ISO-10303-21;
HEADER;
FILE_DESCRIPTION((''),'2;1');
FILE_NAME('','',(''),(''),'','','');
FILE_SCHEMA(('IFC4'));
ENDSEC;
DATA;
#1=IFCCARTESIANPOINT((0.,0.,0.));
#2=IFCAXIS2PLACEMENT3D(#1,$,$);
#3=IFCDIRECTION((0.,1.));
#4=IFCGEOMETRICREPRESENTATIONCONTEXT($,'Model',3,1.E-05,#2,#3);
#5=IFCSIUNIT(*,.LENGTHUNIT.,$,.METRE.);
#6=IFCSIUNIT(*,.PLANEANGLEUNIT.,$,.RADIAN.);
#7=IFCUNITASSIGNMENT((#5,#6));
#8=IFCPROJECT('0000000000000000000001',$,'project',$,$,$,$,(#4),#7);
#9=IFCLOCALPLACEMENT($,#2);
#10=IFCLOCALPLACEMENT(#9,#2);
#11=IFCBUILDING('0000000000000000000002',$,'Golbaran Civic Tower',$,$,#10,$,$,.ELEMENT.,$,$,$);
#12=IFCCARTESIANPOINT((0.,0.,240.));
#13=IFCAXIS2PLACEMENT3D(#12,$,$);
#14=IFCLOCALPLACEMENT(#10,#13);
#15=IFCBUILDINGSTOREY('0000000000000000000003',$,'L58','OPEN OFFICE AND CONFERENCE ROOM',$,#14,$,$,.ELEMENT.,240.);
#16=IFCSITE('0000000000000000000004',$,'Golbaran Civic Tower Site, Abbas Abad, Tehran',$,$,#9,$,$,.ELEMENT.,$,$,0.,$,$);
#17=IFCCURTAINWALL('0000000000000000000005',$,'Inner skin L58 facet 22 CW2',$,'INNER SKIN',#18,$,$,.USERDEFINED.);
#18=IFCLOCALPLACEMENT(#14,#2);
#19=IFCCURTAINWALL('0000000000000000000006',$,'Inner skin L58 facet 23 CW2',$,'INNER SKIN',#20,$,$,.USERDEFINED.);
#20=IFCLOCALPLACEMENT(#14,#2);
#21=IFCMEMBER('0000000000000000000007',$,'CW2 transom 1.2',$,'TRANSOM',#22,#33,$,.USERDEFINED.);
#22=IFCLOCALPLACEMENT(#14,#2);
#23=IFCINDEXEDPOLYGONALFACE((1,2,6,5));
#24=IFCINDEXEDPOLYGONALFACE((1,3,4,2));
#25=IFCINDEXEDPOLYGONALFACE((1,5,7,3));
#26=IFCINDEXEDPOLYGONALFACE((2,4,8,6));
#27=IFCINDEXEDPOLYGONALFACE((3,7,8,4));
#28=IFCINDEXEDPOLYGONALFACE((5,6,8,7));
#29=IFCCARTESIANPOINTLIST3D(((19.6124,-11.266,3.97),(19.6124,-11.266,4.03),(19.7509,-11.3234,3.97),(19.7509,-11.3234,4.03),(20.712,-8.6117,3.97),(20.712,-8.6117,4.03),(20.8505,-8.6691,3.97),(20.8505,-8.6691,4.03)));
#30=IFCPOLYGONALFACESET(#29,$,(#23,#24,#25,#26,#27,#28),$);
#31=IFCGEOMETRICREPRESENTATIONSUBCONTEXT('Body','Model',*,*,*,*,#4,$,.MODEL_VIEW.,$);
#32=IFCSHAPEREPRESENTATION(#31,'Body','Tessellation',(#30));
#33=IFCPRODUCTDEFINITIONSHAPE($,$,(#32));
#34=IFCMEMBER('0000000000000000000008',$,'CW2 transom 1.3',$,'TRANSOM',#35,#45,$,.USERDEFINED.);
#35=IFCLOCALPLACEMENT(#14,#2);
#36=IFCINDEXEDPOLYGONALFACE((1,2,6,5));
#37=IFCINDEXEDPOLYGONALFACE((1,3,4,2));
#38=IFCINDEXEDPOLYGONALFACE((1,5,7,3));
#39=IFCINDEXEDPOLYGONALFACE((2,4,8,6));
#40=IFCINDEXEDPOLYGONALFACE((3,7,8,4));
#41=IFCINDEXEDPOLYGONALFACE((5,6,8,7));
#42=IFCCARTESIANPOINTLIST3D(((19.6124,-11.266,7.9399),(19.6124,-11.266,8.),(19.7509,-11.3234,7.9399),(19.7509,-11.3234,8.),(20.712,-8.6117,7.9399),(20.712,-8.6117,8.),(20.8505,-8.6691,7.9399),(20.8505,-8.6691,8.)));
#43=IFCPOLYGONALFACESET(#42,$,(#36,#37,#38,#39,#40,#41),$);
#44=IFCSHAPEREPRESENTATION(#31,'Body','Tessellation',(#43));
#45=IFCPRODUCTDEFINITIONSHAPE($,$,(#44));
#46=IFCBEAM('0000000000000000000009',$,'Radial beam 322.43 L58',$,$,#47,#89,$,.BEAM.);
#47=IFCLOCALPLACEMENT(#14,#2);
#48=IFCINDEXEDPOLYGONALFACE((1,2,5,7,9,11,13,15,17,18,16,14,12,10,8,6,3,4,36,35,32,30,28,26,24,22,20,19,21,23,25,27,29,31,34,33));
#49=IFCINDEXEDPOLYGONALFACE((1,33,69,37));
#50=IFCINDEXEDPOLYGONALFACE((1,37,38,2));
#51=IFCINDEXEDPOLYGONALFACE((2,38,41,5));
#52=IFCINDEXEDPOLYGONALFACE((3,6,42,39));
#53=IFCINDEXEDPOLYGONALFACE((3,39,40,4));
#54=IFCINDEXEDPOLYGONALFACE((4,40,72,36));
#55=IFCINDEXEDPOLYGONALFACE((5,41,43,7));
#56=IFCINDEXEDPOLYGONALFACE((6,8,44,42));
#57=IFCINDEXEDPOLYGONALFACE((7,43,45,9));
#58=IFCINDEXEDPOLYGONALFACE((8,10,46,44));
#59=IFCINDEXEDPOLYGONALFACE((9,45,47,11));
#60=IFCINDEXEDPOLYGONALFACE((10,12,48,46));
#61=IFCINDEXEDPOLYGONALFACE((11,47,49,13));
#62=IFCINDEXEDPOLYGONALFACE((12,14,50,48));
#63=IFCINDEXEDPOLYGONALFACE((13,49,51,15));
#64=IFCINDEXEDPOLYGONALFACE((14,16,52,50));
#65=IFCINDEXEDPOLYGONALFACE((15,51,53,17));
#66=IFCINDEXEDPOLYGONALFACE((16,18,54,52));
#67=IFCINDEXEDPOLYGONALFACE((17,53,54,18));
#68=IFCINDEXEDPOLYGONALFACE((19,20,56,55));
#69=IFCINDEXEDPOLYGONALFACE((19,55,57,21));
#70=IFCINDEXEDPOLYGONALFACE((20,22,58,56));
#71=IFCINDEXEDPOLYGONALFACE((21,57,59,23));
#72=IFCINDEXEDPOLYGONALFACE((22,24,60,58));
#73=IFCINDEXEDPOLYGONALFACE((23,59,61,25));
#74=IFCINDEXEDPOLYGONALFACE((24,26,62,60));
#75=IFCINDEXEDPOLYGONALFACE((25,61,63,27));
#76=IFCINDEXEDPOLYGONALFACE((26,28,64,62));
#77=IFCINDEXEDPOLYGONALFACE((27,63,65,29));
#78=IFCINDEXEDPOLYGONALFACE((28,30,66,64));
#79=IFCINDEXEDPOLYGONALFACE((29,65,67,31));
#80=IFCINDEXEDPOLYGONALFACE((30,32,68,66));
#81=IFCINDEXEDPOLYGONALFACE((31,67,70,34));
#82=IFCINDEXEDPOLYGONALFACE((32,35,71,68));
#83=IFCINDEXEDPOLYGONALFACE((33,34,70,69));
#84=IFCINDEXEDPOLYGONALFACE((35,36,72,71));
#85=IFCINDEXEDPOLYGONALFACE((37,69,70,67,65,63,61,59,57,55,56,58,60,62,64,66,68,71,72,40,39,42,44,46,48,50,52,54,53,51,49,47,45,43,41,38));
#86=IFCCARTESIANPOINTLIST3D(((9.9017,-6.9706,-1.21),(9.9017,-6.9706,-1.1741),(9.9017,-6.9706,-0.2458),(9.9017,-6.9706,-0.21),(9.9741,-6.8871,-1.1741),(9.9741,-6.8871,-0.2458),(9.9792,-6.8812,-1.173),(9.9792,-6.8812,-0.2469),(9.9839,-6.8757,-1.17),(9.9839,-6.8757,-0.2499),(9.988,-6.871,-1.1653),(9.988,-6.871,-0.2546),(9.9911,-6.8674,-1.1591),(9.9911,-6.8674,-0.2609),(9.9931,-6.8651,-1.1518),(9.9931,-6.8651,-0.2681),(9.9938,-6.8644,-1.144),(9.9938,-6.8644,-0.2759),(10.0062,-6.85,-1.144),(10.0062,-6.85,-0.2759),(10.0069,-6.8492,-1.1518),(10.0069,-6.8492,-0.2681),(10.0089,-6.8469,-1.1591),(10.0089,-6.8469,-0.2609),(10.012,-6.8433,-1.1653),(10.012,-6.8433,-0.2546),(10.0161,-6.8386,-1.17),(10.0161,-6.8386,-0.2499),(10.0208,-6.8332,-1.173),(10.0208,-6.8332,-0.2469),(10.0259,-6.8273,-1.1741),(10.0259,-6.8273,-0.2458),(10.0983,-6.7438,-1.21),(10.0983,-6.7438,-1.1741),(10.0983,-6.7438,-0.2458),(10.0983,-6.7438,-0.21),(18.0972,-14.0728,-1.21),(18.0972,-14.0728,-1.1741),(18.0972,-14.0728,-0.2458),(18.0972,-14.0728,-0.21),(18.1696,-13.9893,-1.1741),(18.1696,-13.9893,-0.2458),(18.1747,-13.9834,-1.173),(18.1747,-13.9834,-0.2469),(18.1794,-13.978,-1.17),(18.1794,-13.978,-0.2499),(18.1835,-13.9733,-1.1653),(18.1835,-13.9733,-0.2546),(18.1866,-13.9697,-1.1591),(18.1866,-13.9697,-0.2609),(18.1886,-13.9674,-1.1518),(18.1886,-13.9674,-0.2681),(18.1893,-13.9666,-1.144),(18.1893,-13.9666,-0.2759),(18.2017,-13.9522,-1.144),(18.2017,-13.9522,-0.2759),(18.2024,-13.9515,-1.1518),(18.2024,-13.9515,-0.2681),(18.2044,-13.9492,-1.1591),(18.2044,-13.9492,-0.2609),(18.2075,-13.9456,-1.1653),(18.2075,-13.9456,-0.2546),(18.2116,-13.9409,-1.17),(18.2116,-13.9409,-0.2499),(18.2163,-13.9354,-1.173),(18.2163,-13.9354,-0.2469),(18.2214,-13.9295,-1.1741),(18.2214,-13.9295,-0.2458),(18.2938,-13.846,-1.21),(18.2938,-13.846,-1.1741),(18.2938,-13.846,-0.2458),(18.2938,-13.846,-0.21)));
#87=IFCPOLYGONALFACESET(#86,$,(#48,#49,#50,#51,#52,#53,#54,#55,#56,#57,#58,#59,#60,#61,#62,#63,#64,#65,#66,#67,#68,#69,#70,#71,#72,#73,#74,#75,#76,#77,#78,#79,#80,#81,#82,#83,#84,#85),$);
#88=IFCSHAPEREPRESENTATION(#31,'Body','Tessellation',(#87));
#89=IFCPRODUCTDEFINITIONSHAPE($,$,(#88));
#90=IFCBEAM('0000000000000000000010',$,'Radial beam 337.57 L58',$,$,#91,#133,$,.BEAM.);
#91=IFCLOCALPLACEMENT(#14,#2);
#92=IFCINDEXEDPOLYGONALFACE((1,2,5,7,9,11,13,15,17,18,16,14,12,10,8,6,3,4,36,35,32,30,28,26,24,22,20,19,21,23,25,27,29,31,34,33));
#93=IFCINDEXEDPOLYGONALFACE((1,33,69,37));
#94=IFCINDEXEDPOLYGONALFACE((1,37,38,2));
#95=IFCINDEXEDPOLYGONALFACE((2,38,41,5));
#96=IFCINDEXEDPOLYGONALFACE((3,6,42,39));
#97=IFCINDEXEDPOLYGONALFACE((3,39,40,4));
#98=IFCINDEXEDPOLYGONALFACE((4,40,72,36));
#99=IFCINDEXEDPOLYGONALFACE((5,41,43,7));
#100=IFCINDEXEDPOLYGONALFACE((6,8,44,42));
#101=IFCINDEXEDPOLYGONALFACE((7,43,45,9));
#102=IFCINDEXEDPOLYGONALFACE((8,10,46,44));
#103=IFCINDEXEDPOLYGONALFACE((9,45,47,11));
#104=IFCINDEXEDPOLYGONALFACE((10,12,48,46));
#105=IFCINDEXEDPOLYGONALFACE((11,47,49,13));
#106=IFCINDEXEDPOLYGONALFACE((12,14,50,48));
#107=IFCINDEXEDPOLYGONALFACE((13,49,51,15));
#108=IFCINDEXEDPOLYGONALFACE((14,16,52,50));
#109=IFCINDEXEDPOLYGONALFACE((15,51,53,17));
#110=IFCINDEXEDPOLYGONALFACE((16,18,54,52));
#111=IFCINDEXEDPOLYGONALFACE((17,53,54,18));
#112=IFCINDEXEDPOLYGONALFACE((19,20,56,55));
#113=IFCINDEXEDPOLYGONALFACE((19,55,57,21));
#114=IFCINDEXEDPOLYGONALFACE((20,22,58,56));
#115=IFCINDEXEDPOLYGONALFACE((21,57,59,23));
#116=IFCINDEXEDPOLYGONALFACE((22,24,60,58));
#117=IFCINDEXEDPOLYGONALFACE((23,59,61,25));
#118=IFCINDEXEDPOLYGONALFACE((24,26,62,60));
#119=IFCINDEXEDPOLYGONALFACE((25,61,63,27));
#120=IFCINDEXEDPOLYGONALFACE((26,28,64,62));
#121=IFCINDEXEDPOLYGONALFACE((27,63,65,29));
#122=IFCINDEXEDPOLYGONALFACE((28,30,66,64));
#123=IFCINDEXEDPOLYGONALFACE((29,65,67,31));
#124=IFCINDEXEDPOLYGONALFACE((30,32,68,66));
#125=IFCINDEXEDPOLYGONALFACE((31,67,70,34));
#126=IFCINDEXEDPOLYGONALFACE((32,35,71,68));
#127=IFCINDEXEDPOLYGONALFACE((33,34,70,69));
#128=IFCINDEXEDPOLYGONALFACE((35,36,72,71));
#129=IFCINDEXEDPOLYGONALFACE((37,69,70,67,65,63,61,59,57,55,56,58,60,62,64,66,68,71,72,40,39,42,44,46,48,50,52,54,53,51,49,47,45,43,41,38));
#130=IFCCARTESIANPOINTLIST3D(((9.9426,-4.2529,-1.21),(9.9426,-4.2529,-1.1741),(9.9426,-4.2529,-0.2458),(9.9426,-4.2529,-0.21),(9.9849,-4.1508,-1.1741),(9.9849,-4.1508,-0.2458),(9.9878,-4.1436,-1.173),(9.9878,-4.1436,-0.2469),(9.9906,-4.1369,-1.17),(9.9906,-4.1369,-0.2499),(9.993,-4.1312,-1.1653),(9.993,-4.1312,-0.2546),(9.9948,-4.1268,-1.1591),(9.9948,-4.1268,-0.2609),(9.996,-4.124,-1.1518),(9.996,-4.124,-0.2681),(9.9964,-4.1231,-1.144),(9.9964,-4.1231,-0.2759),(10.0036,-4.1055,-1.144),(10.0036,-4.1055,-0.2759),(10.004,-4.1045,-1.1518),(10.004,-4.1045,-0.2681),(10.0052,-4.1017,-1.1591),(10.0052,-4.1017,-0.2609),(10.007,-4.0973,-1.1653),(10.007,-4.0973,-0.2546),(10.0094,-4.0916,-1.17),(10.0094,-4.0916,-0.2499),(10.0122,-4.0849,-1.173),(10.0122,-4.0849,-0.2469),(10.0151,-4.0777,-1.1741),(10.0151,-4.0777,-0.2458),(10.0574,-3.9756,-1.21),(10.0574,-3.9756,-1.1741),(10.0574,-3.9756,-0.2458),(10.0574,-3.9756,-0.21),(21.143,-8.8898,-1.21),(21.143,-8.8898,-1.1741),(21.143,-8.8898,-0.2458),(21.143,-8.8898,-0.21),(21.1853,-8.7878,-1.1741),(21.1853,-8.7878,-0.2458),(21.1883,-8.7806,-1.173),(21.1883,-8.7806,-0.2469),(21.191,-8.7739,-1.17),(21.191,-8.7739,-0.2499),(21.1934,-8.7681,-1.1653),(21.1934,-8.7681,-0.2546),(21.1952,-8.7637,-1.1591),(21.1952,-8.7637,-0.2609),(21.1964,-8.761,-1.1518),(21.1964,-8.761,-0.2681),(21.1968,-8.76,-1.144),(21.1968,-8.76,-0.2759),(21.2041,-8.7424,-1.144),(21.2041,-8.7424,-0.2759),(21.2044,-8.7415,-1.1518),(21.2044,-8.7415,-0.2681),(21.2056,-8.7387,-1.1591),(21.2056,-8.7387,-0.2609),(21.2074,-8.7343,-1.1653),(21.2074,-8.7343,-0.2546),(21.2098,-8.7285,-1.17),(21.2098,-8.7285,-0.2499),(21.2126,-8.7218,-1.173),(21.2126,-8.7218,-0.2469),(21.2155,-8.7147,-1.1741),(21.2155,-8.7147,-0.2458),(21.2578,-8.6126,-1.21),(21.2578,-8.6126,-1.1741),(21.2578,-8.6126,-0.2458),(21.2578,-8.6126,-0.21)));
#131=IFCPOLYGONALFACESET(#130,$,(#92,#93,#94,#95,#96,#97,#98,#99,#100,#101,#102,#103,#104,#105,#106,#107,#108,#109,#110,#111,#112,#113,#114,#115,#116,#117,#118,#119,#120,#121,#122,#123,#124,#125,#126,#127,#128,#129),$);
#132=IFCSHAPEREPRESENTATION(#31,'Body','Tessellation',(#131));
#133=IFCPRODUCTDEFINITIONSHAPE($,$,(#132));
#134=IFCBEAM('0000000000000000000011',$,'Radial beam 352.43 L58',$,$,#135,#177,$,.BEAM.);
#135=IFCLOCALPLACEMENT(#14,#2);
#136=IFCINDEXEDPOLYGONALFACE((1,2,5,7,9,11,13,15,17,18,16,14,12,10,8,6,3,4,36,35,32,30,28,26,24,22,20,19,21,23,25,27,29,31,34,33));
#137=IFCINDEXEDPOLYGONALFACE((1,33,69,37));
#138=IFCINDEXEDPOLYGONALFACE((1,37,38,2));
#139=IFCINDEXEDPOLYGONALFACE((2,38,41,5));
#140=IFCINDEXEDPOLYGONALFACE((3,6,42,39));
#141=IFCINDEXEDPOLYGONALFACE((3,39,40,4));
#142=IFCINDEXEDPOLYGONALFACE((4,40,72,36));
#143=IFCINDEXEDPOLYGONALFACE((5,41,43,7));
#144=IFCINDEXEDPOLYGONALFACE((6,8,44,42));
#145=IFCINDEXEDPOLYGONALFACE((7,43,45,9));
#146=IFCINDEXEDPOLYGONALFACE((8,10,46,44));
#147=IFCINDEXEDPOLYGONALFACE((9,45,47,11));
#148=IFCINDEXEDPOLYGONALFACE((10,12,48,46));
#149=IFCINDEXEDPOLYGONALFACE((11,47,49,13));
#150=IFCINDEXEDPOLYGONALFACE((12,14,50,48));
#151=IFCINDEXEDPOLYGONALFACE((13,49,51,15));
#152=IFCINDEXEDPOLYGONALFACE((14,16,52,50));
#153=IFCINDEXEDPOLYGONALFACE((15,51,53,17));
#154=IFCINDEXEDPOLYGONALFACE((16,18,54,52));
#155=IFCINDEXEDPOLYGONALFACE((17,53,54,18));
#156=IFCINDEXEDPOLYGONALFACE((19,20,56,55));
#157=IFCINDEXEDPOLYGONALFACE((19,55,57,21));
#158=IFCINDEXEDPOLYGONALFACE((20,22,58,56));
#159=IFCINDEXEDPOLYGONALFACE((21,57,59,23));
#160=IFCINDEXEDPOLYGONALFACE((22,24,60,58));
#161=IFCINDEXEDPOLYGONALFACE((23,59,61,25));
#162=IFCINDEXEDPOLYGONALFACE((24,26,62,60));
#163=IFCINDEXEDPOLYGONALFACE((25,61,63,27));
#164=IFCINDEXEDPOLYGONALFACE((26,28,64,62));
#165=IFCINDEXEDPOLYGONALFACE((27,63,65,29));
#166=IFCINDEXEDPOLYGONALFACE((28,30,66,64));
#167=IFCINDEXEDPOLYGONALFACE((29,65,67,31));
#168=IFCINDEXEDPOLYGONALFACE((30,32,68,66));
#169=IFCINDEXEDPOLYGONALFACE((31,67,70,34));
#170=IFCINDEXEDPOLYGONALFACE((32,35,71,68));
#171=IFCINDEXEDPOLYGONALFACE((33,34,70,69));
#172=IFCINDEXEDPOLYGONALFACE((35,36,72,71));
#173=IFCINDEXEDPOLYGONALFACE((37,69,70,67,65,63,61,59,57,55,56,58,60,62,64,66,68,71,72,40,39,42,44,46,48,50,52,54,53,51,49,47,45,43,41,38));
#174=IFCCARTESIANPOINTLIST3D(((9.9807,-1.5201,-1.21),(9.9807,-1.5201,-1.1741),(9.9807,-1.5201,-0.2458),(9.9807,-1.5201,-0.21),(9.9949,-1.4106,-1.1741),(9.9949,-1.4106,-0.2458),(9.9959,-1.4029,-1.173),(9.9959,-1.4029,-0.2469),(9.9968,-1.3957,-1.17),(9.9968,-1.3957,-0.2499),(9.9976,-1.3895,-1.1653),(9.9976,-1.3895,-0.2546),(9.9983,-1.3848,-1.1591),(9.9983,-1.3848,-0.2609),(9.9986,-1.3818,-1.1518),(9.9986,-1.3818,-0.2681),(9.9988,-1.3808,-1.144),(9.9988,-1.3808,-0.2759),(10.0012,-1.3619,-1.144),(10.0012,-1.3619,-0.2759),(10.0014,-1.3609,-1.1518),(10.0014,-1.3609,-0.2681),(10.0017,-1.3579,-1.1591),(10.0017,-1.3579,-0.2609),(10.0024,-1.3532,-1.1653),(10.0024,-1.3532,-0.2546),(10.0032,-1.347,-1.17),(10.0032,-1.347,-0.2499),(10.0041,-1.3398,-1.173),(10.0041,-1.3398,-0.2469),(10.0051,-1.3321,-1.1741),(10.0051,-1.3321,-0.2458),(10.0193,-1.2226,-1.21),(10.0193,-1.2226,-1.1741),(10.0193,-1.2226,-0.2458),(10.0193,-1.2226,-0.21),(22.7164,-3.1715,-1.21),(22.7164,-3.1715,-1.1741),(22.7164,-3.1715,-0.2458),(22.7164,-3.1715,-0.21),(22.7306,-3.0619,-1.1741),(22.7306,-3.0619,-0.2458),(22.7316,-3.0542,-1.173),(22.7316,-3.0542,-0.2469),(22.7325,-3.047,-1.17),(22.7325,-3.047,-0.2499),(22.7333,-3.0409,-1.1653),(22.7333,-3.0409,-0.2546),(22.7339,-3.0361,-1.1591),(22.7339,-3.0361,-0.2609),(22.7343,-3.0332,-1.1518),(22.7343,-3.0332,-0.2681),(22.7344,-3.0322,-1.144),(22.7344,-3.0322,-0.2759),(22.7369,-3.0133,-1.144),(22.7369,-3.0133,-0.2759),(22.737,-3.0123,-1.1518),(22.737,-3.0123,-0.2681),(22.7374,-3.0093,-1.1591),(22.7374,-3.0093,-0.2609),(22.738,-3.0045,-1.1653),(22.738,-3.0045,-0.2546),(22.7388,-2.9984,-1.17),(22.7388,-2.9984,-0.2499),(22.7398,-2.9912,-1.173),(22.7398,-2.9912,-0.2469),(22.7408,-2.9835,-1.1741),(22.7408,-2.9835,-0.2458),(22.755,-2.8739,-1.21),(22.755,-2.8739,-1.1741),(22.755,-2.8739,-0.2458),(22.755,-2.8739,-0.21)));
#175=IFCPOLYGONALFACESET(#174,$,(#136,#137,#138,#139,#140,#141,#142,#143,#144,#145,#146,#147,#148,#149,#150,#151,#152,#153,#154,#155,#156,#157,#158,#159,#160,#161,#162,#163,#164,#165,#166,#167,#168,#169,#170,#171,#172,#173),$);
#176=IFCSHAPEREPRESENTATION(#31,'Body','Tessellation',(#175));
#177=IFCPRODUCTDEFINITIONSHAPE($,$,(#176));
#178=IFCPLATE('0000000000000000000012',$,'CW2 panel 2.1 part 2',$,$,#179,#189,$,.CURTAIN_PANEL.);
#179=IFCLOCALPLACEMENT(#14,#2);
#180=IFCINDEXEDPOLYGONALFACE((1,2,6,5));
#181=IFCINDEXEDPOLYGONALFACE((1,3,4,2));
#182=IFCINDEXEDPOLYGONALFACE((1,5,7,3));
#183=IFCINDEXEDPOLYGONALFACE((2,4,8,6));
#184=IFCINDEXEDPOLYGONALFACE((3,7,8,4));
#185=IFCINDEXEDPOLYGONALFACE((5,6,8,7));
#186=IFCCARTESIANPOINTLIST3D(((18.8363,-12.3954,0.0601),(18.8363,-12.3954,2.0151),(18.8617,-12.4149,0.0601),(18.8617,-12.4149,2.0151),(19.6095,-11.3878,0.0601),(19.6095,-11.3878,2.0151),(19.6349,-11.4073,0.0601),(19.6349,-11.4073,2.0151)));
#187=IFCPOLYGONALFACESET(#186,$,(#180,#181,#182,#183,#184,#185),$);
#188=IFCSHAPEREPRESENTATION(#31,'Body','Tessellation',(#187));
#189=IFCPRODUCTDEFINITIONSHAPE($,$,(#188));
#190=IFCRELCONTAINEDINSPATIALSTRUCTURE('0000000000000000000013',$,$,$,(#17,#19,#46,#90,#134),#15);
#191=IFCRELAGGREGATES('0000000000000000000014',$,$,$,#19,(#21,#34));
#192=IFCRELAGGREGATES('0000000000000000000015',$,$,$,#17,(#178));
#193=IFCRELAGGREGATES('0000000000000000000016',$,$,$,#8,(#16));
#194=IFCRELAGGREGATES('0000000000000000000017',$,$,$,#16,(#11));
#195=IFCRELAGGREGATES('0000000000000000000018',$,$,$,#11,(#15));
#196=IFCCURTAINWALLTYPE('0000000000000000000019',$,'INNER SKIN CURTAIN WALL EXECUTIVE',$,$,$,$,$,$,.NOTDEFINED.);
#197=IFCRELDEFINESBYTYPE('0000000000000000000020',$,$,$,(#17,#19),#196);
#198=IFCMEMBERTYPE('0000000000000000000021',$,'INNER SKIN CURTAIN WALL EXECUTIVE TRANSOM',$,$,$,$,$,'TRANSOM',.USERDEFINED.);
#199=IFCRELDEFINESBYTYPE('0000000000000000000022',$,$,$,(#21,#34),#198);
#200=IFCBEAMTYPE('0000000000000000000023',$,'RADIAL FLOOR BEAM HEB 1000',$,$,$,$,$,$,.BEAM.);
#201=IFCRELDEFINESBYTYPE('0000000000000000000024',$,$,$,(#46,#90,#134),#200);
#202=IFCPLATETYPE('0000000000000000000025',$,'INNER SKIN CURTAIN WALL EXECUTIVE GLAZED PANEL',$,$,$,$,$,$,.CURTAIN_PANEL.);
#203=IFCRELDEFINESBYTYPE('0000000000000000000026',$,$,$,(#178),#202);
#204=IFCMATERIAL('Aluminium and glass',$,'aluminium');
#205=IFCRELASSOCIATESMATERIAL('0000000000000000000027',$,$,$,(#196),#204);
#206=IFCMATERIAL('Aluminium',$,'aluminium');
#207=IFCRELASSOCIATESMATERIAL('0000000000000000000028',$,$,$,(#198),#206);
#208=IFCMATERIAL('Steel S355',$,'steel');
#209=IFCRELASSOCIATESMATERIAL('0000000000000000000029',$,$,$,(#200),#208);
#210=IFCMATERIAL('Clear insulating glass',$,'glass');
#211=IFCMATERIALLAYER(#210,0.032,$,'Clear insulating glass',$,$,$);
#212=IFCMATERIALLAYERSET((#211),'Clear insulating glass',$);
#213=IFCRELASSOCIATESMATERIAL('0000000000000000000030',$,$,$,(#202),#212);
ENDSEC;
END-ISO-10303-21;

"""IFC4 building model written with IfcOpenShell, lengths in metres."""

from ifc_helpers import new_model, si_unit, direction, frame, origin, origin_2d, place, context, subcontext, project, spatial, rectangle, i_section, extrude, material, layer, layer_set, material_profile, profile_set, type_object, element, aggregate, save


model = new_model("IFC4")

# Units and contexts
model_context = context("Model", 3, precision=1e-05, world=origin(), true_north=direction((0.0, 1.0)))
body_context = subcontext(model_context, "Body", "Model", "MODEL_VIEW")
ifc_project = project(units=[si_unit("LENGTHUNIT", "METRE"), si_unit("PLANEANGLEUNIT", "RADIAN")], contexts=[model_context])

# Site, building, storey
site_placement = place(None, origin())
site = spatial("IfcSite", under=ifc_project, at=site_placement, Name="Golbaran Civic Tower Site, Abbas Abad, Tehran", CompositionType="ELEMENT", RefElevation=0.0)
building_placement = place(site_placement, origin())
building = spatial("IfcBuilding", under=site, at=building_placement, Name="Golbaran Civic Tower", CompositionType="ELEMENT")
storey_placement = place(building_placement, frame((0.0, 0.0, 240.0)))
storey = spatial("IfcBuildingStorey", under=building, at=storey_placement, Name="L58", Description="OPEN OFFICE AND CONFERENCE ROOM", CompositionType="ELEMENT", Elevation=240.0)

# Shared definitions
ifc_material_1 = material(Name="Steel S355", Category="steel")

# Curtain wall
ifc_material_2 = material(Name="Aluminium and glass", Category="aluminium")
curtain_wall_type = type_object("IfcCurtainWallType", Name="INNER SKIN CURTAIN WALL EXECUTIVE", PredefinedType="NOTDEFINED", material=ifc_material_2)
curtain_wall_1_placement = place(storey_placement, origin())
curtain_wall_1 = element("IfcCurtainWall", 1, at=curtain_wall_1_placement, inside=storey, type_object=curtain_wall_type, Name="Inner skin L58 facet 22 CW2", ObjectType="INNER SKIN", PredefinedType="USERDEFINED")
ifc_material_3 = material(Name="Aluminium", Category="aluminium")

# Curtain wall, members
curtain_wall_2_placement = place(storey_placement, origin())
curtain_wall_2 = element("IfcCurtainWall", 2, at=curtain_wall_2_placement, inside=storey, type_object=curtain_wall_type, Name="Inner skin L58 facet 23 CW2", ObjectType="INNER SKIN", PredefinedType="USERDEFINED")
ifc_material_profile_1 = material_profile(ifc_material_3, rectangle(XDim=0.1499, YDim=0.0601, at=origin_2d()), Name="INNER SKIN CURTAIN WALL EXECUTIVE TRANSOM")
ifc_profile_set_1 = profile_set([ifc_material_profile_1], Name="Aluminium")
member_type_1 = type_object("IfcMemberType", Name="INNER SKIN CURTAIN WALL EXECUTIVE TRANSOM", ElementType="TRANSOM", PredefinedType="USERDEFINED", material=ifc_profile_set_1)
member_1_placement = place(storey_placement, frame((19.6816, -11.2947, 4.0), z_axis=(0.382732, 0.923859, 0.0), x_axis=(-0.923859, 0.382732, 0.0)))
member_1 = element("IfcMember", 3, at=member_1_placement, type_object=member_type_1, Name="CW2 transom 1.2", ObjectType="TRANSOM", PredefinedType="USERDEFINED", context=body_context, shape_type="SweptSolid", body=[
    extrude(rectangle(XDim=0.1499, YDim=0.0601, at=origin_2d()), origin(), (0.0, 0.0, 1.0), 2.873),
])
member_2_placement = place(storey_placement, frame((19.6816, -11.2947, 7.97), z_axis=(0.382732, 0.923859, 0.0), x_axis=(-0.923859, 0.382732, 0.0)))
member_2 = element("IfcMember", 4, at=member_2_placement, type_object=member_type_1, Name="CW2 transom 1.3", ObjectType="TRANSOM", PredefinedType="USERDEFINED", context=body_context, shape_type="SweptSolid", body=[
    extrude(rectangle(XDim=0.1499, YDim=0.0601, at=origin_2d()), origin(), (0.0, 0.0, 1.0), 2.873),
])

# Beams
ifc_material_profile_2 = material_profile(ifc_material_1, i_section(OverallWidth=0.3, OverallDepth=1.0, WebThickness=0.019, FlangeThickness=0.0359, FilletRadius=0.03, at=origin_2d()), Name="HEB 1000")
ifc_profile_set_2 = profile_set([ifc_material_profile_2], Name="Steel S355")
beam_type_1 = type_object("IfcBeamType", Name="RADIAL FLOOR BEAM HEB 1000", PredefinedType="BEAM", material=ifc_profile_set_2)
beam_1_placement = place(storey_placement, frame((10.0, -6.8572, -0.71), z_axis=(0.755713, -0.654903, 0.0), x_axis=(0.654903, 0.755713, 0.0)))
element("IfcBeam", 5, at=beam_1_placement, inside=storey, type_object=beam_type_1, Name="Radial beam 322.43 L58", PredefinedType="BEAM", context=body_context, shape_type="SweptSolid", body=[
    extrude(i_section(OverallWidth=0.3, OverallDepth=1.0, WebThickness=0.019, FlangeThickness=0.0359, FilletRadius=0.03, at=origin_2d()), origin(), (0.0, 0.0, 1.0), 10.8447),
])
beam_2_placement = place(storey_placement, frame((10.0, -4.1143, -0.71), z_axis=(0.92395, -0.382514, 0.0), x_axis=(0.382514, 0.92395, 0.0)))
element("IfcBeam", 6, at=beam_2_placement, inside=storey, type_object=beam_type_1, Name="Radial beam 337.57 L58", PredefinedType="BEAM", context=body_context, shape_type="SweptSolid", body=[
    extrude(i_section(OverallWidth=0.3, OverallDepth=1.0, WebThickness=0.019, FlangeThickness=0.0359, FilletRadius=0.03, at=origin_2d()), origin(), (0.0, 0.0, 1.0), 12.1223),
])
beam_3_placement = place(storey_placement, frame((10.0, -1.3713, -0.71), z_axis=(0.991698, -0.128589, 0.0), x_axis=(0.128589, 0.991698, 0.0)))
element("IfcBeam", 7, at=beam_3_placement, inside=storey, type_object=beam_type_1, Name="Radial beam 352.43 L58", PredefinedType="BEAM", context=body_context, shape_type="SweptSolid", body=[
    extrude(i_section(OverallWidth=0.3, OverallDepth=1.0, WebThickness=0.019, FlangeThickness=0.0359, FilletRadius=0.03, at=origin_2d()), origin(), (0.0, 0.0, 1.0), 12.8423),
])

# Plate
ifc_material_4 = material(Name="Clear insulating glass", Category="glass")
ifc_layer_1 = layer(ifc_material_4, 0.032, Name="Clear insulating glass")
ifc_layer_set_1 = layer_set([ifc_layer_1], Name="Clear insulating glass")
plate_type_1 = type_object("IfcPlateType", Name="INNER SKIN CURTAIN WALL EXECUTIVE GLAZED PANEL", PredefinedType="CURTAIN_PANEL", material=ifc_layer_set_1)
plate_1_placement = place(storey_placement, frame((19.2356, -11.9014, 0.0601), z_axis=(0.0, 0.0, 1.0), x_axis=(0.608761, 0.793353, 0.0)))
plate_1 = element("IfcPlate", 8, at=plate_1_placement, type_object=plate_type_1, Name="CW2 panel 2.1 part 2", PredefinedType="CURTAIN_PANEL", context=body_context, shape_type="SweptSolid", body=[
    extrude(rectangle(XDim=1.27, YDim=0.032, at=origin_2d()), origin(), (0.0, 0.0, 1.0), 1.9551),
])
aggregate(curtain_wall_2, [member_1, member_2])
aggregate(curtain_wall_1, [plate_1])

save(model, "model.ifc")
